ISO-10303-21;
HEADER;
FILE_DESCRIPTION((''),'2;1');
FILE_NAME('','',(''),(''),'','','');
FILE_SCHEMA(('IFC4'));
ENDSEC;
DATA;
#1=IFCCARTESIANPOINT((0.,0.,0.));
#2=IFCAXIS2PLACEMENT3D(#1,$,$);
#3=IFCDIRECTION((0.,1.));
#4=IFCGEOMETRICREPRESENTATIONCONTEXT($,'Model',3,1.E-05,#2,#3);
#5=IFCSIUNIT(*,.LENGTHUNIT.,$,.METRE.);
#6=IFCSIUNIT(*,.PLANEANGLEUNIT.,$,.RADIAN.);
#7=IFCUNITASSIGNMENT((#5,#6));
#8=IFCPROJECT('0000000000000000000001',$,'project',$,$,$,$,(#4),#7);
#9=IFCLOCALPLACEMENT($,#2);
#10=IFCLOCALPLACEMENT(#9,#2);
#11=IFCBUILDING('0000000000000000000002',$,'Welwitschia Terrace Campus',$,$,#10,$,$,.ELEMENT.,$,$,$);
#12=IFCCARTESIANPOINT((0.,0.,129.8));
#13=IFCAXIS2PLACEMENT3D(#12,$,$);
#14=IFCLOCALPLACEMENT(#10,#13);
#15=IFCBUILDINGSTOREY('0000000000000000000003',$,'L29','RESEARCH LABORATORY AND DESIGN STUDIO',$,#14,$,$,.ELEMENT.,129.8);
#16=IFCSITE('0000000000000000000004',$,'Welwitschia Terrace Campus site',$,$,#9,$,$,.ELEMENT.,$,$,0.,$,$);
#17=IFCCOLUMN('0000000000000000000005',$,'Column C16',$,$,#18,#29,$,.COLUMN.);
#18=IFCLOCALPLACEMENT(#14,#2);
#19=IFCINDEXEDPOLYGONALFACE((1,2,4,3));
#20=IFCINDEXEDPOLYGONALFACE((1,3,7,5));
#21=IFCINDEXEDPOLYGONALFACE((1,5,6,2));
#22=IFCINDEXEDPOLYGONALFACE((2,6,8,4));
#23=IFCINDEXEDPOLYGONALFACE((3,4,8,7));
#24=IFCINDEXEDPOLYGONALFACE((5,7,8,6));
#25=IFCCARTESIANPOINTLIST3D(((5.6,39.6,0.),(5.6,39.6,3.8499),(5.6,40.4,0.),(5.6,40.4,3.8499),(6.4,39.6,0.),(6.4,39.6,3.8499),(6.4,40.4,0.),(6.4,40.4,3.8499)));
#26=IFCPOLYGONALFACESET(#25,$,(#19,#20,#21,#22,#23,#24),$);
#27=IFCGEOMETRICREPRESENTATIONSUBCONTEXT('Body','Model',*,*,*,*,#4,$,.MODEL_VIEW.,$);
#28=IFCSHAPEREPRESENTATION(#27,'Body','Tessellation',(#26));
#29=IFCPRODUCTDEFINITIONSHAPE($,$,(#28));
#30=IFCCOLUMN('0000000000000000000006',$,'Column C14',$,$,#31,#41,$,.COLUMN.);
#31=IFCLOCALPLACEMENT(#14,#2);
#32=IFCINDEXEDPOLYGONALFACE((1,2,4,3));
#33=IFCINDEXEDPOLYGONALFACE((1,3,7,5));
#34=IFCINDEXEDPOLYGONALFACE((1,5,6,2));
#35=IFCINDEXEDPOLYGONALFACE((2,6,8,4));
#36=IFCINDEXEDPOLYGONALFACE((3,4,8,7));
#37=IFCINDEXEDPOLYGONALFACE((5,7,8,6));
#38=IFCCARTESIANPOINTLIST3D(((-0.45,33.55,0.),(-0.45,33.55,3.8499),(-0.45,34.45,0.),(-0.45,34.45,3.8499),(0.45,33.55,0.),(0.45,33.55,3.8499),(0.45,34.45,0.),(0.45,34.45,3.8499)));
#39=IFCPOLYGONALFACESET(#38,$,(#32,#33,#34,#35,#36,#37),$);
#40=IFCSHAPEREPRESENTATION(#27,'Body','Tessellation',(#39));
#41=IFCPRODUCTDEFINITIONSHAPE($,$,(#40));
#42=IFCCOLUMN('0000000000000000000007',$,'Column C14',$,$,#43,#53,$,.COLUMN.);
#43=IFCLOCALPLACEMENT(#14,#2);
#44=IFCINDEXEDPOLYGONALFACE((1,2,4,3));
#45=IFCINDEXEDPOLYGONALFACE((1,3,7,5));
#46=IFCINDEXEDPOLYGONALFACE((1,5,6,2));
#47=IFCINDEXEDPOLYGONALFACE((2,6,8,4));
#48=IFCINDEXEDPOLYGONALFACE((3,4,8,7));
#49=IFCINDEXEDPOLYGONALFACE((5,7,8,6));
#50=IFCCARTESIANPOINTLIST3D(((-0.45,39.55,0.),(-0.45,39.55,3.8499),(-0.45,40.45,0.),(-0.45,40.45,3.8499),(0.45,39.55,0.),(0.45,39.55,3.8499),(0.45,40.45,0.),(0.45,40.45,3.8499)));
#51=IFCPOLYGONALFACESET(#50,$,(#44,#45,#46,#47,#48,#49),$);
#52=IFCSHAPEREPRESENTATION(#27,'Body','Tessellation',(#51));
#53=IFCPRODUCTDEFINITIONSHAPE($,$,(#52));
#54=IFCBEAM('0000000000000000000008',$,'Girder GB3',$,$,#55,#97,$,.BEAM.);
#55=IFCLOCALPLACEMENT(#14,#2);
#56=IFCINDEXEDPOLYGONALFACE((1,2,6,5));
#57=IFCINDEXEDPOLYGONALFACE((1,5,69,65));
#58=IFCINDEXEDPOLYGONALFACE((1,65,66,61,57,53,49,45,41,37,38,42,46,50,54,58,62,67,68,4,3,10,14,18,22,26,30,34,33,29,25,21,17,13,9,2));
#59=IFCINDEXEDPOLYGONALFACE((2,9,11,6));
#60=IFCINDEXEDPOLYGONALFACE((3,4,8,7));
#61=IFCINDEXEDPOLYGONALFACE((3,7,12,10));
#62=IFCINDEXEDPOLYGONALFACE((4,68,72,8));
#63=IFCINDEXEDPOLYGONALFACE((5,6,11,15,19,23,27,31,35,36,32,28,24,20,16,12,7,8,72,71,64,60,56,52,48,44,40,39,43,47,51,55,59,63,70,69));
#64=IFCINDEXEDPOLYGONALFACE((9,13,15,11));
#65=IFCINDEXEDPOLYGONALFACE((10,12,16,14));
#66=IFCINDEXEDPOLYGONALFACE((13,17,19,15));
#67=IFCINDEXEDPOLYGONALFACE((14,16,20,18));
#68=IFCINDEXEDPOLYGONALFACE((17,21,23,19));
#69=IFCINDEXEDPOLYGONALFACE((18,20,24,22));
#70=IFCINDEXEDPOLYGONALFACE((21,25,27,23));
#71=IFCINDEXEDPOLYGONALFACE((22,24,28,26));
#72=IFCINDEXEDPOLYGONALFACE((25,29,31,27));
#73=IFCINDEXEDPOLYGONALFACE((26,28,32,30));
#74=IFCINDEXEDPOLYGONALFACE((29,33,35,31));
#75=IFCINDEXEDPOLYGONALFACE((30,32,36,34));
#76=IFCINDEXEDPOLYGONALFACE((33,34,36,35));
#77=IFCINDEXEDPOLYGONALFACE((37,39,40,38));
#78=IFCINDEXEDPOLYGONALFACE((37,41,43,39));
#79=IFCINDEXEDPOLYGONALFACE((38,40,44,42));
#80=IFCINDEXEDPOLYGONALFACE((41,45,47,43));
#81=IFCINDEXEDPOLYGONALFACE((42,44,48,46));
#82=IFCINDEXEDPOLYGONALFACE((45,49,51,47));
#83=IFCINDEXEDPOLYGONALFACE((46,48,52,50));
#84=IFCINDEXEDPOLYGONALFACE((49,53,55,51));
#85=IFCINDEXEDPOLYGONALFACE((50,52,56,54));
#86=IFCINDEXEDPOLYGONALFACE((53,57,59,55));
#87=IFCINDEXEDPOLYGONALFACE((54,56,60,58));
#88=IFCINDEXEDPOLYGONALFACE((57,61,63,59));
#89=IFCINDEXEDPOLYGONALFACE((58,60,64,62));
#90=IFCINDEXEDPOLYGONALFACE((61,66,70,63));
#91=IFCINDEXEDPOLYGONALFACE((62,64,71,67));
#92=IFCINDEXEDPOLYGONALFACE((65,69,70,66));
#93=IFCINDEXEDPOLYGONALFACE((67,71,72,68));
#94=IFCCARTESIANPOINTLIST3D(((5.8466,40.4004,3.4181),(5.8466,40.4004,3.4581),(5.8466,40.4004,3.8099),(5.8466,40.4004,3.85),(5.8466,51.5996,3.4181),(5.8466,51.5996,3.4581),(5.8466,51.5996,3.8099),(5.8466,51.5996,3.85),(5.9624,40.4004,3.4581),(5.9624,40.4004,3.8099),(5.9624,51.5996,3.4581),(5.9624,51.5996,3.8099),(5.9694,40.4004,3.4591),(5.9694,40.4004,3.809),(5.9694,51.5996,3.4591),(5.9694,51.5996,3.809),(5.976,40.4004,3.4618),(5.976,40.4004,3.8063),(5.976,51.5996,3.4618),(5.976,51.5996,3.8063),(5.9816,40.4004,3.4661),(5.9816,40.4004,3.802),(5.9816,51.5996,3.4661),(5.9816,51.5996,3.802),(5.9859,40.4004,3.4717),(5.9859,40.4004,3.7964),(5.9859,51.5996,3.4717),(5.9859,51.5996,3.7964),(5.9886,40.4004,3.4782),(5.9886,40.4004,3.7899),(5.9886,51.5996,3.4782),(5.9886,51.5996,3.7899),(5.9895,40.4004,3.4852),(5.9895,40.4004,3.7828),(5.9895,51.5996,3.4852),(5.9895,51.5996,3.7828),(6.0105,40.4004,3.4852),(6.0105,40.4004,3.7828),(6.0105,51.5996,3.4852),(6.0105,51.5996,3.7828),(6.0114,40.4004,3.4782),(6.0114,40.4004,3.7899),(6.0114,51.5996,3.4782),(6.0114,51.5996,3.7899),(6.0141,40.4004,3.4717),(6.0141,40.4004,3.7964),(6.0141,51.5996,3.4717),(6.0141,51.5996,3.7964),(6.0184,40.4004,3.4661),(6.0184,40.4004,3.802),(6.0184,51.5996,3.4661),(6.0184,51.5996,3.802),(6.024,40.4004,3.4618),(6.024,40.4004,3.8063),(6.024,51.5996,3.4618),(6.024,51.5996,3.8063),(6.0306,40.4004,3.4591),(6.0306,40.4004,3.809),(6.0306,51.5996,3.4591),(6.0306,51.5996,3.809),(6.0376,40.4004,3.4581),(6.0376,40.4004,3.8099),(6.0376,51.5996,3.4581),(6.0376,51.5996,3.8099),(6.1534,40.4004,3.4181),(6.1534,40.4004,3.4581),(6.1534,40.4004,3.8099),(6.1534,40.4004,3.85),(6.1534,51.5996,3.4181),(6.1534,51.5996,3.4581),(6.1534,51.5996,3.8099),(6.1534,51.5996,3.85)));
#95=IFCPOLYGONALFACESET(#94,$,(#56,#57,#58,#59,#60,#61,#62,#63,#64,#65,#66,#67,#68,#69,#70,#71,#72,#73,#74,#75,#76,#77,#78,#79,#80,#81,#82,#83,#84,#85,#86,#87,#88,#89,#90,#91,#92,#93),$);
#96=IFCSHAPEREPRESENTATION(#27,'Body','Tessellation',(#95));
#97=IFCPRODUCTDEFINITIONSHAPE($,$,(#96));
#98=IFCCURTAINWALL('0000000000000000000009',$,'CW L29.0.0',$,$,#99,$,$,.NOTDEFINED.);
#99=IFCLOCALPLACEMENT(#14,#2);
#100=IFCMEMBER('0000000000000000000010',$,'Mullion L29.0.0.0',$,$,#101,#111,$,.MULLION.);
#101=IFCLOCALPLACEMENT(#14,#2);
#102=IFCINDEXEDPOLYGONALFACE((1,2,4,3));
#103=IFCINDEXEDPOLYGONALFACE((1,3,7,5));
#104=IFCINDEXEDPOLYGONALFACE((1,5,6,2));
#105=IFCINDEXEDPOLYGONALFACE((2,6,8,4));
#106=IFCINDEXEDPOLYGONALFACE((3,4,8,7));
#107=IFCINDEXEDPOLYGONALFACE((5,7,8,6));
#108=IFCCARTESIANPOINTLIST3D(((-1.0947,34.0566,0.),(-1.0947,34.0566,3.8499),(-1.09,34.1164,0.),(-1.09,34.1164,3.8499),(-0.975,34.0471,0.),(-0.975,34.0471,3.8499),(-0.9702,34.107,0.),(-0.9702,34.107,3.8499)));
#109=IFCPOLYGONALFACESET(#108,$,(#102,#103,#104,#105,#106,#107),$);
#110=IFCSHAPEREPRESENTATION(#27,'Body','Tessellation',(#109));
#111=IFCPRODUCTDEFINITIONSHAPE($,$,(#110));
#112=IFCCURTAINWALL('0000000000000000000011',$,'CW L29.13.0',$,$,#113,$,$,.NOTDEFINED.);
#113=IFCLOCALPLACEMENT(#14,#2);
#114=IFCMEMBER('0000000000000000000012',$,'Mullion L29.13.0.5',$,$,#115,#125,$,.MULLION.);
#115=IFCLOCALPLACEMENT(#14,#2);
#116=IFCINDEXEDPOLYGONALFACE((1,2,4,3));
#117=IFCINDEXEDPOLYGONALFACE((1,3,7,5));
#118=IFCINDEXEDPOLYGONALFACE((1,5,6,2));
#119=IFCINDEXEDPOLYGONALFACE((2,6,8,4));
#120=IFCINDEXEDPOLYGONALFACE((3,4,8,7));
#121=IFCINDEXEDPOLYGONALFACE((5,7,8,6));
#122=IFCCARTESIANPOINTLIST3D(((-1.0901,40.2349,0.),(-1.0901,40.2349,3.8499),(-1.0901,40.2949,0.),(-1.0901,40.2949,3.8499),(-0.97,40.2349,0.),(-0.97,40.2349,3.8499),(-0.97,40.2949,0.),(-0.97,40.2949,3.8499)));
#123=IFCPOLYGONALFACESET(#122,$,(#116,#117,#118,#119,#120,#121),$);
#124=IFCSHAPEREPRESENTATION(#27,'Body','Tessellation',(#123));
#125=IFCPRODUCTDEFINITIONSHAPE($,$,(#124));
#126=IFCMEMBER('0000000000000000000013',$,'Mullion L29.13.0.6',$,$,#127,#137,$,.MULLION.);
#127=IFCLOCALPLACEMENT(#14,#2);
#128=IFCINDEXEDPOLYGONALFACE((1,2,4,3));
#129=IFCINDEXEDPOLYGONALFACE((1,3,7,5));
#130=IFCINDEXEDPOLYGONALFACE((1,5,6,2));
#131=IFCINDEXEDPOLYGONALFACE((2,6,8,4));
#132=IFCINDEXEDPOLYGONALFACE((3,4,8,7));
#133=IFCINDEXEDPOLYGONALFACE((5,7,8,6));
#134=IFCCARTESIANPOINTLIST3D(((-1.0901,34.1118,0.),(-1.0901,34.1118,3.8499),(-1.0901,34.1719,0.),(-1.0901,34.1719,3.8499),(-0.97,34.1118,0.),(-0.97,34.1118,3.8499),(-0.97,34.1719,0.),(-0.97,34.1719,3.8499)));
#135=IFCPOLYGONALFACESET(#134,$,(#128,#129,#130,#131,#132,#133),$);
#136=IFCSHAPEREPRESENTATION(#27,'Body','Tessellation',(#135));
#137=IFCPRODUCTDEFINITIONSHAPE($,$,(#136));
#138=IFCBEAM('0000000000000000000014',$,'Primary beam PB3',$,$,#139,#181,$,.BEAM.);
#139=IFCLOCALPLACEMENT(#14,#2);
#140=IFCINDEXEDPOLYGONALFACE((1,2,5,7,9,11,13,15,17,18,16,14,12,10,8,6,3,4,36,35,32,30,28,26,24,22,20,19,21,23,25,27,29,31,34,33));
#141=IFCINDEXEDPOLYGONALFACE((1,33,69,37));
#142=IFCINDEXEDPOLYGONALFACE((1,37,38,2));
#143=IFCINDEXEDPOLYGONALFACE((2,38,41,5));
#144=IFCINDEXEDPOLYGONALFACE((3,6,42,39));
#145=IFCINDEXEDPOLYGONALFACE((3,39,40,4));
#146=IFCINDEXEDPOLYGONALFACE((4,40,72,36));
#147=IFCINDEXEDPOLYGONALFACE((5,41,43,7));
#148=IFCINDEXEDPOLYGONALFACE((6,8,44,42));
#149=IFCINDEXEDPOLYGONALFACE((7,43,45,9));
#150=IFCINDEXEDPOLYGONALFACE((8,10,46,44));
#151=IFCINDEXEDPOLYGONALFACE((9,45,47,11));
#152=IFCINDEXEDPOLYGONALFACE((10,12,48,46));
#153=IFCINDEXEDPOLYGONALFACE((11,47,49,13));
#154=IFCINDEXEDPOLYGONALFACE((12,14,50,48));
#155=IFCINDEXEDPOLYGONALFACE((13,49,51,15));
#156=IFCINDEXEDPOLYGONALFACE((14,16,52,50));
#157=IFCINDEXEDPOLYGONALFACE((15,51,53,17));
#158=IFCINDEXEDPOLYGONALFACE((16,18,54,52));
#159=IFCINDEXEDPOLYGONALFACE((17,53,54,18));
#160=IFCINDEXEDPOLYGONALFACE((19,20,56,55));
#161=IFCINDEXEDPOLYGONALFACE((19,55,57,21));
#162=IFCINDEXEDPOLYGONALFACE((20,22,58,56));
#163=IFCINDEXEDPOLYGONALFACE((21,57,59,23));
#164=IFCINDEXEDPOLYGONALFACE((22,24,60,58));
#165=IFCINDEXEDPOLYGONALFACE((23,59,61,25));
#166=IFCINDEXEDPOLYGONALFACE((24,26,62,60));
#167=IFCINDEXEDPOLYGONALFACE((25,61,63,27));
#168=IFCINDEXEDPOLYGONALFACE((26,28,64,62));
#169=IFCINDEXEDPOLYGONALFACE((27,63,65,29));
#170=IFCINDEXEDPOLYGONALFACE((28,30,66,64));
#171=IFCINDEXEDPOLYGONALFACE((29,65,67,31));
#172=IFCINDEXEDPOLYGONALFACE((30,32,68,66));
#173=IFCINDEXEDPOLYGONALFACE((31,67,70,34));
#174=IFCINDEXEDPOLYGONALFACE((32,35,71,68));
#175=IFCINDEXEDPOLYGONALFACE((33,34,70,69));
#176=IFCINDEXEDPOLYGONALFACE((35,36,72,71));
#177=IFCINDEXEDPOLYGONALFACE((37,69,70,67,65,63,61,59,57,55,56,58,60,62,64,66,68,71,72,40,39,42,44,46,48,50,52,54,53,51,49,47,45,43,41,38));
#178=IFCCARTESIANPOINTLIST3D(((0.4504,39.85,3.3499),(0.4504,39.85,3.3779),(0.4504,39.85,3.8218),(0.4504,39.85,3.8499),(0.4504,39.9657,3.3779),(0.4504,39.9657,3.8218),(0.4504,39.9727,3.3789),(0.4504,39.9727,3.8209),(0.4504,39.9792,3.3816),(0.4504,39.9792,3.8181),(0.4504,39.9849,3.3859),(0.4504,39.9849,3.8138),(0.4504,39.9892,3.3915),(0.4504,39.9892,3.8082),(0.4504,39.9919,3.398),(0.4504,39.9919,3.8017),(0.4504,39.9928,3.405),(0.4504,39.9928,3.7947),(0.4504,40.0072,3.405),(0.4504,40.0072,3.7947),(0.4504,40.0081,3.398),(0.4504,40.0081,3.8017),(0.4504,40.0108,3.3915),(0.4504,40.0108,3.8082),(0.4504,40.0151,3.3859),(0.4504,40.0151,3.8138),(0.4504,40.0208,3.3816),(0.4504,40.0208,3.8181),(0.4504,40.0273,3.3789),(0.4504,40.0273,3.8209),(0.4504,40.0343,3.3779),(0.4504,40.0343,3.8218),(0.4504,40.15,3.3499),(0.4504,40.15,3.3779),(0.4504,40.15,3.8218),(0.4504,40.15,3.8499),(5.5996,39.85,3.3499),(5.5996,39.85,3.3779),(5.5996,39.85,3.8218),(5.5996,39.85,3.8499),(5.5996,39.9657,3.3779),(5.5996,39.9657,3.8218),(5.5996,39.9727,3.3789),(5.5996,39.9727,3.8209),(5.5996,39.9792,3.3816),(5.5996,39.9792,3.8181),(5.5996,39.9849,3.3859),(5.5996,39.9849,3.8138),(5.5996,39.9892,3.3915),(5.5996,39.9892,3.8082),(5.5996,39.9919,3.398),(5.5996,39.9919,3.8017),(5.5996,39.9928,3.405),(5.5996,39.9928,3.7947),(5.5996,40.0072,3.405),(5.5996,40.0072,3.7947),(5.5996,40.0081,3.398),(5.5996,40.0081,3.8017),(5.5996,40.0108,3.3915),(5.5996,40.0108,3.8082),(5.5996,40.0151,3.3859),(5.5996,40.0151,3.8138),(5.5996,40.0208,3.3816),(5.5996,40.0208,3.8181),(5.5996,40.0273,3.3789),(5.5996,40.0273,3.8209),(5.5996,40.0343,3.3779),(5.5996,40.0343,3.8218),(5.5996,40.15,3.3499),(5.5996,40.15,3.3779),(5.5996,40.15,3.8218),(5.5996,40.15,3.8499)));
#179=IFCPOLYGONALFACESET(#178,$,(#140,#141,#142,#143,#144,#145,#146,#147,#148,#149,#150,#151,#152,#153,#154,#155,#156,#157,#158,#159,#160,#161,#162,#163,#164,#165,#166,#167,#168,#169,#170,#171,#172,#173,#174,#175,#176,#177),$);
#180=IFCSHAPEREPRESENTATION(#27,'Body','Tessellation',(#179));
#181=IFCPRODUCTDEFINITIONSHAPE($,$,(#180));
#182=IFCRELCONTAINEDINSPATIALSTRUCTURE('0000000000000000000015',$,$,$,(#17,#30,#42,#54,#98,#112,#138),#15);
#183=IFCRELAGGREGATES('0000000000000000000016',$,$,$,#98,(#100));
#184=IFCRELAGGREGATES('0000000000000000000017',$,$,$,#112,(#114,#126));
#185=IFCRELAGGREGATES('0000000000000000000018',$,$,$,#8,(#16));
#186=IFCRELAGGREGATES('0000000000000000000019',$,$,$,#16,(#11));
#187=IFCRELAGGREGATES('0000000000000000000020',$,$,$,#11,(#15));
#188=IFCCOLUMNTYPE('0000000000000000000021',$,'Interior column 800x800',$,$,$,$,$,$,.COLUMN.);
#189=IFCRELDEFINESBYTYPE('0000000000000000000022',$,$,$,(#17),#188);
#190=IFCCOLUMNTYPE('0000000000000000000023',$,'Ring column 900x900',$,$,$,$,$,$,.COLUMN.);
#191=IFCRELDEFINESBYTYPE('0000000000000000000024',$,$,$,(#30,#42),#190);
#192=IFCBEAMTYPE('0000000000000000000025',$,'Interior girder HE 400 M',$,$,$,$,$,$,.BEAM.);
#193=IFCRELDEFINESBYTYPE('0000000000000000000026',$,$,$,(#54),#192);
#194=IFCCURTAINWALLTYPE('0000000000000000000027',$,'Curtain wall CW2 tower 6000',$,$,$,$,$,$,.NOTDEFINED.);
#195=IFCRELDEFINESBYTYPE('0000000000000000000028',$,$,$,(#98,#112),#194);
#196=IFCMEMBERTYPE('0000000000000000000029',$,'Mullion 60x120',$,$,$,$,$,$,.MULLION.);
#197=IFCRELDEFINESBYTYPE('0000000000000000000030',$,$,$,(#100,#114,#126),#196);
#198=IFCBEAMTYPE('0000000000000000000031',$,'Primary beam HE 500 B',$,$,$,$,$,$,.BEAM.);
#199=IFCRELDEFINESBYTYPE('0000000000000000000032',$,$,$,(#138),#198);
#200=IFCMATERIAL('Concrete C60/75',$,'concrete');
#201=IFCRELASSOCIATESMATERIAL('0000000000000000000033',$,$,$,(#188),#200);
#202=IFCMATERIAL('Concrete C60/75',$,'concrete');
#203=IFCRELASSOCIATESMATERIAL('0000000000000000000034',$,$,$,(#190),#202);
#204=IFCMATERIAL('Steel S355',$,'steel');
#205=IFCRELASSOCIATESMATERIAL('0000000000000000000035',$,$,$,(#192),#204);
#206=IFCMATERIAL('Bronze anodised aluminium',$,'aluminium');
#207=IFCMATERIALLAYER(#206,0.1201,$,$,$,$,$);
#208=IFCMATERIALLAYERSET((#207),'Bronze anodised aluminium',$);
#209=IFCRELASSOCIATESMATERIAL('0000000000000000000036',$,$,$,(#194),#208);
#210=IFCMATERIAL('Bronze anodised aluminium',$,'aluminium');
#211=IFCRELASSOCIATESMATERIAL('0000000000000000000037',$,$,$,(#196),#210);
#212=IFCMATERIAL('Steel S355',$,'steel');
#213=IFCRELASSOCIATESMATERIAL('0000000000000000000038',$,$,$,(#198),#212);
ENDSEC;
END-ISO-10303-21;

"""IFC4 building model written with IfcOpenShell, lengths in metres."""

from ifc_helpers import new_model, si_unit, direction, frame, origin, origin_2d, place, context, subcontext, project, spatial, rectangle, i_section, extrude, material, layer, layer_set, material_profile, profile_set, type_object, element, aggregate, save


model = new_model("IFC4")

# Units and contexts
model_context = context("Model", 3, precision=1e-05, world=origin(), true_north=direction((0.0, 1.0)))
body_context = subcontext(model_context, "Body", "Model", "MODEL_VIEW")
ifc_project = project(units=[si_unit("LENGTHUNIT", "METRE"), si_unit("PLANEANGLEUNIT", "RADIAN")], contexts=[model_context])

# Site, building, storey
site_placement = place(None, origin())
site = spatial("IfcSite", under=ifc_project, at=site_placement, Name="Welwitschia Terrace Campus site", CompositionType="ELEMENT", RefElevation=0.0)
building_placement = place(site_placement, origin())
building = spatial("IfcBuilding", under=site, at=building_placement, Name="Welwitschia Terrace Campus", CompositionType="ELEMENT")
storey_placement = place(building_placement, frame((0.0, 0.0, 129.8)))
storey = spatial("IfcBuildingStorey", under=building, at=storey_placement, Name="L29", Description="RESEARCH LABORATORY AND DESIGN STUDIO", CompositionType="ELEMENT", Elevation=129.8)

# Columns
ifc_material_1 = material(Name="Concrete C60/75", Category="concrete")
ifc_material_profile_1 = material_profile(ifc_material_1, rectangle(XDim=0.8, YDim=0.8, at=origin_2d()))
ifc_profile_set_1 = profile_set([ifc_material_profile_1], Name="Concrete C60/75")
column_type_1 = type_object("IfcColumnType", Name="Interior column 800x800", PredefinedType="COLUMN", material=ifc_profile_set_1)
column_placement = place(storey_placement, frame((6.0, 40.0, 0.0), z_axis=(0.0, 0.0, 1.0), x_axis=(1.0, 0.0, 0.0)))
element("IfcColumn", 1, at=column_placement, inside=storey, type_object=column_type_1, Name="Column C16", PredefinedType="COLUMN", context=body_context, shape_type="SweptSolid", body=[
    extrude(rectangle(XDim=0.8, YDim=0.8, at=origin_2d()), origin(), (0.0, 0.0, 1.0), 3.8499),
])
ifc_material_2 = material(Name="Concrete C60/75", Category="concrete")
ifc_material_profile_2 = material_profile(ifc_material_2, rectangle(XDim=0.8999, YDim=0.8999, at=origin_2d()))
ifc_profile_set_2 = profile_set([ifc_material_profile_2], Name="Concrete C60/75")
column_type_2 = type_object("IfcColumnType", Name="Ring column 900x900", PredefinedType="COLUMN", material=ifc_profile_set_2)
for number, where, z_axis, x_axis, name in (
    (2, (0.0, 34.0, 0.0), (0.0, 0.0, 1.0), (1.0, 0.0, 0.0), "Column C14"),
    (3, (0.0, 40.0, 0.0), (0.0, 0.0, 1.0), (1.0, 0.0, 0.0), "Column C14"),
):
    element("IfcColumn", number, at=place(storey_placement, frame(where, z_axis=z_axis, x_axis=x_axis)), inside=storey, type_object=column_type_2, Name=name, PredefinedType="COLUMN", context=body_context, shape_type="SweptSolid", body=[
        extrude(rectangle(XDim=0.8999, YDim=0.8999, at=origin_2d()), origin(), (0.0, 0.0, 1.0), 3.8499),
    ])

# Beam
ifc_material_3 = material(Name="Steel S355", Category="steel")
ifc_material_profile_3 = material_profile(ifc_material_3, i_section(OverallWidth=0.3069, OverallDepth=0.4319, WebThickness=0.021, FlangeThickness=0.04, FilletRadius=0.0271, at=origin_2d()))
ifc_profile_set_3 = profile_set([ifc_material_profile_3], Name="Steel S355")
beam_type_1 = type_object("IfcBeamType", Name="Interior girder HE 400 M", PredefinedType="BEAM", material=ifc_profile_set_3)
beam_1_placement = place(storey_placement, frame((6.0, 40.4004, 3.634), z_axis=(0.0, 1.0, 0.0), x_axis=(-1.0, 0.0, 0.0)))
element("IfcBeam", 4, at=beam_1_placement, inside=storey, type_object=beam_type_1, Name="Girder GB3", PredefinedType="BEAM", context=body_context, shape_type="SweptSolid", body=[
    extrude(i_section(OverallWidth=0.3069, OverallDepth=0.4319, WebThickness=0.021, FlangeThickness=0.04, FilletRadius=0.0271, at=origin_2d()), origin(), (0.0, 0.0, 1.0), 11.1992),
])

# Curtain wall, member
ifc_material_4 = material(Name="Bronze anodised aluminium", Category="aluminium")
ifc_layer_1 = layer(ifc_material_4, 0.1201)
ifc_layer_set_1 = layer_set([ifc_layer_1], Name="Bronze anodised aluminium")
curtain_wall_type = type_object("IfcCurtainWallType", Name="Curtain wall CW2 tower 6000", PredefinedType="NOTDEFINED", material=ifc_layer_set_1)
curtain_wall_1_placement = place(storey_placement, origin())
curtain_wall_1 = element("IfcCurtainWall", 5, at=curtain_wall_1_placement, inside=storey, type_object=curtain_wall_type, Name="CW L29.0.0", PredefinedType="NOTDEFINED")
ifc_material_5 = material(Name="Bronze anodised aluminium", Category="aluminium")
ifc_material_profile_4 = material_profile(ifc_material_5, rectangle(XDim=0.1201, YDim=0.0601, at=origin_2d()))
ifc_profile_set_4 = profile_set([ifc_material_profile_4], Name="Bronze anodised aluminium")
member_type_1 = type_object("IfcMemberType", Name="Mullion 60x120", PredefinedType="MULLION", material=ifc_profile_set_4)
member_1_placement = place(storey_placement, frame((-1.0325, 34.0818, 0.0), z_axis=(0.0, 0.0, 1.0), x_axis=(0.996917, -0.078459, 0.0)))
member_1 = element("IfcMember", 6, at=member_1_placement, type_object=member_type_1, Name="Mullion L29.0.0.0", PredefinedType="MULLION", context=body_context, shape_type="SweptSolid", body=[
    extrude(rectangle(XDim=0.1201, YDim=0.0601, at=origin_2d()), origin(), (0.0, 0.0, 1.0), 3.8499),
])

# Curtain wall, members
curtain_wall_2_placement = place(storey_placement, origin())
curtain_wall_2 = element("IfcCurtainWall", 7, at=curtain_wall_2_placement, inside=storey, type_object=curtain_wall_type, Name="CW L29.13.0", PredefinedType="NOTDEFINED")
member_2_placement = place(storey_placement, frame((-1.03, 40.2649, 0.0), z_axis=(0.0, 0.0, 1.0), x_axis=(1.0, 0.0, 0.0)))
member_2 = element("IfcMember", 8, at=member_2_placement, type_object=member_type_1, Name="Mullion L29.13.0.5", PredefinedType="MULLION", context=body_context, shape_type="SweptSolid", body=[
    extrude(rectangle(XDim=0.1201, YDim=0.0601, at=origin_2d()), origin(), (0.0, 0.0, 1.0), 3.8499),
])
member_3_placement = place(storey_placement, frame((-1.03, 34.1418, 0.0), z_axis=(0.0, 0.0, 1.0), x_axis=(1.0, 0.0, 0.0)))
member_3 = element("IfcMember", 9, at=member_3_placement, type_object=member_type_1, Name="Mullion L29.13.0.6", PredefinedType="MULLION", context=body_context, shape_type="SweptSolid", body=[
    extrude(rectangle(XDim=0.1201, YDim=0.0601, at=origin_2d()), origin(), (0.0, 0.0, 1.0), 3.8499),
])

# Beam
ifc_material_6 = material(Name="Steel S355", Category="steel")
ifc_material_profile_5 = material_profile(ifc_material_6, i_section(OverallWidth=0.3, OverallDepth=0.5, WebThickness=0.0144, FlangeThickness=0.0281, FilletRadius=0.0271, at=origin_2d()))
ifc_profile_set_5 = profile_set([ifc_material_profile_5], Name="Steel S355")
beam_type_2 = type_object("IfcBeamType", Name="Primary beam HE 500 B", PredefinedType="BEAM", material=ifc_profile_set_5)
beam_2_placement = place(storey_placement, frame((0.4504, 40.0, 3.5999), z_axis=(1.0, 0.0, 0.0), x_axis=(0.0, 1.0, 0.0)))
element("IfcBeam", 10, at=beam_2_placement, inside=storey, type_object=beam_type_2, Name="Primary beam PB3", PredefinedType="BEAM", context=body_context, shape_type="SweptSolid", body=[
    extrude(i_section(OverallWidth=0.3, OverallDepth=0.5, WebThickness=0.0144, FlangeThickness=0.0281, FilletRadius=0.0271, at=origin_2d()), origin(), (0.0, 0.0, 1.0), 5.1492),
])

aggregate(curtain_wall_1, [member_1])

aggregate(curtain_wall_2, [member_2, member_3])

save(model, "model.ifc")
